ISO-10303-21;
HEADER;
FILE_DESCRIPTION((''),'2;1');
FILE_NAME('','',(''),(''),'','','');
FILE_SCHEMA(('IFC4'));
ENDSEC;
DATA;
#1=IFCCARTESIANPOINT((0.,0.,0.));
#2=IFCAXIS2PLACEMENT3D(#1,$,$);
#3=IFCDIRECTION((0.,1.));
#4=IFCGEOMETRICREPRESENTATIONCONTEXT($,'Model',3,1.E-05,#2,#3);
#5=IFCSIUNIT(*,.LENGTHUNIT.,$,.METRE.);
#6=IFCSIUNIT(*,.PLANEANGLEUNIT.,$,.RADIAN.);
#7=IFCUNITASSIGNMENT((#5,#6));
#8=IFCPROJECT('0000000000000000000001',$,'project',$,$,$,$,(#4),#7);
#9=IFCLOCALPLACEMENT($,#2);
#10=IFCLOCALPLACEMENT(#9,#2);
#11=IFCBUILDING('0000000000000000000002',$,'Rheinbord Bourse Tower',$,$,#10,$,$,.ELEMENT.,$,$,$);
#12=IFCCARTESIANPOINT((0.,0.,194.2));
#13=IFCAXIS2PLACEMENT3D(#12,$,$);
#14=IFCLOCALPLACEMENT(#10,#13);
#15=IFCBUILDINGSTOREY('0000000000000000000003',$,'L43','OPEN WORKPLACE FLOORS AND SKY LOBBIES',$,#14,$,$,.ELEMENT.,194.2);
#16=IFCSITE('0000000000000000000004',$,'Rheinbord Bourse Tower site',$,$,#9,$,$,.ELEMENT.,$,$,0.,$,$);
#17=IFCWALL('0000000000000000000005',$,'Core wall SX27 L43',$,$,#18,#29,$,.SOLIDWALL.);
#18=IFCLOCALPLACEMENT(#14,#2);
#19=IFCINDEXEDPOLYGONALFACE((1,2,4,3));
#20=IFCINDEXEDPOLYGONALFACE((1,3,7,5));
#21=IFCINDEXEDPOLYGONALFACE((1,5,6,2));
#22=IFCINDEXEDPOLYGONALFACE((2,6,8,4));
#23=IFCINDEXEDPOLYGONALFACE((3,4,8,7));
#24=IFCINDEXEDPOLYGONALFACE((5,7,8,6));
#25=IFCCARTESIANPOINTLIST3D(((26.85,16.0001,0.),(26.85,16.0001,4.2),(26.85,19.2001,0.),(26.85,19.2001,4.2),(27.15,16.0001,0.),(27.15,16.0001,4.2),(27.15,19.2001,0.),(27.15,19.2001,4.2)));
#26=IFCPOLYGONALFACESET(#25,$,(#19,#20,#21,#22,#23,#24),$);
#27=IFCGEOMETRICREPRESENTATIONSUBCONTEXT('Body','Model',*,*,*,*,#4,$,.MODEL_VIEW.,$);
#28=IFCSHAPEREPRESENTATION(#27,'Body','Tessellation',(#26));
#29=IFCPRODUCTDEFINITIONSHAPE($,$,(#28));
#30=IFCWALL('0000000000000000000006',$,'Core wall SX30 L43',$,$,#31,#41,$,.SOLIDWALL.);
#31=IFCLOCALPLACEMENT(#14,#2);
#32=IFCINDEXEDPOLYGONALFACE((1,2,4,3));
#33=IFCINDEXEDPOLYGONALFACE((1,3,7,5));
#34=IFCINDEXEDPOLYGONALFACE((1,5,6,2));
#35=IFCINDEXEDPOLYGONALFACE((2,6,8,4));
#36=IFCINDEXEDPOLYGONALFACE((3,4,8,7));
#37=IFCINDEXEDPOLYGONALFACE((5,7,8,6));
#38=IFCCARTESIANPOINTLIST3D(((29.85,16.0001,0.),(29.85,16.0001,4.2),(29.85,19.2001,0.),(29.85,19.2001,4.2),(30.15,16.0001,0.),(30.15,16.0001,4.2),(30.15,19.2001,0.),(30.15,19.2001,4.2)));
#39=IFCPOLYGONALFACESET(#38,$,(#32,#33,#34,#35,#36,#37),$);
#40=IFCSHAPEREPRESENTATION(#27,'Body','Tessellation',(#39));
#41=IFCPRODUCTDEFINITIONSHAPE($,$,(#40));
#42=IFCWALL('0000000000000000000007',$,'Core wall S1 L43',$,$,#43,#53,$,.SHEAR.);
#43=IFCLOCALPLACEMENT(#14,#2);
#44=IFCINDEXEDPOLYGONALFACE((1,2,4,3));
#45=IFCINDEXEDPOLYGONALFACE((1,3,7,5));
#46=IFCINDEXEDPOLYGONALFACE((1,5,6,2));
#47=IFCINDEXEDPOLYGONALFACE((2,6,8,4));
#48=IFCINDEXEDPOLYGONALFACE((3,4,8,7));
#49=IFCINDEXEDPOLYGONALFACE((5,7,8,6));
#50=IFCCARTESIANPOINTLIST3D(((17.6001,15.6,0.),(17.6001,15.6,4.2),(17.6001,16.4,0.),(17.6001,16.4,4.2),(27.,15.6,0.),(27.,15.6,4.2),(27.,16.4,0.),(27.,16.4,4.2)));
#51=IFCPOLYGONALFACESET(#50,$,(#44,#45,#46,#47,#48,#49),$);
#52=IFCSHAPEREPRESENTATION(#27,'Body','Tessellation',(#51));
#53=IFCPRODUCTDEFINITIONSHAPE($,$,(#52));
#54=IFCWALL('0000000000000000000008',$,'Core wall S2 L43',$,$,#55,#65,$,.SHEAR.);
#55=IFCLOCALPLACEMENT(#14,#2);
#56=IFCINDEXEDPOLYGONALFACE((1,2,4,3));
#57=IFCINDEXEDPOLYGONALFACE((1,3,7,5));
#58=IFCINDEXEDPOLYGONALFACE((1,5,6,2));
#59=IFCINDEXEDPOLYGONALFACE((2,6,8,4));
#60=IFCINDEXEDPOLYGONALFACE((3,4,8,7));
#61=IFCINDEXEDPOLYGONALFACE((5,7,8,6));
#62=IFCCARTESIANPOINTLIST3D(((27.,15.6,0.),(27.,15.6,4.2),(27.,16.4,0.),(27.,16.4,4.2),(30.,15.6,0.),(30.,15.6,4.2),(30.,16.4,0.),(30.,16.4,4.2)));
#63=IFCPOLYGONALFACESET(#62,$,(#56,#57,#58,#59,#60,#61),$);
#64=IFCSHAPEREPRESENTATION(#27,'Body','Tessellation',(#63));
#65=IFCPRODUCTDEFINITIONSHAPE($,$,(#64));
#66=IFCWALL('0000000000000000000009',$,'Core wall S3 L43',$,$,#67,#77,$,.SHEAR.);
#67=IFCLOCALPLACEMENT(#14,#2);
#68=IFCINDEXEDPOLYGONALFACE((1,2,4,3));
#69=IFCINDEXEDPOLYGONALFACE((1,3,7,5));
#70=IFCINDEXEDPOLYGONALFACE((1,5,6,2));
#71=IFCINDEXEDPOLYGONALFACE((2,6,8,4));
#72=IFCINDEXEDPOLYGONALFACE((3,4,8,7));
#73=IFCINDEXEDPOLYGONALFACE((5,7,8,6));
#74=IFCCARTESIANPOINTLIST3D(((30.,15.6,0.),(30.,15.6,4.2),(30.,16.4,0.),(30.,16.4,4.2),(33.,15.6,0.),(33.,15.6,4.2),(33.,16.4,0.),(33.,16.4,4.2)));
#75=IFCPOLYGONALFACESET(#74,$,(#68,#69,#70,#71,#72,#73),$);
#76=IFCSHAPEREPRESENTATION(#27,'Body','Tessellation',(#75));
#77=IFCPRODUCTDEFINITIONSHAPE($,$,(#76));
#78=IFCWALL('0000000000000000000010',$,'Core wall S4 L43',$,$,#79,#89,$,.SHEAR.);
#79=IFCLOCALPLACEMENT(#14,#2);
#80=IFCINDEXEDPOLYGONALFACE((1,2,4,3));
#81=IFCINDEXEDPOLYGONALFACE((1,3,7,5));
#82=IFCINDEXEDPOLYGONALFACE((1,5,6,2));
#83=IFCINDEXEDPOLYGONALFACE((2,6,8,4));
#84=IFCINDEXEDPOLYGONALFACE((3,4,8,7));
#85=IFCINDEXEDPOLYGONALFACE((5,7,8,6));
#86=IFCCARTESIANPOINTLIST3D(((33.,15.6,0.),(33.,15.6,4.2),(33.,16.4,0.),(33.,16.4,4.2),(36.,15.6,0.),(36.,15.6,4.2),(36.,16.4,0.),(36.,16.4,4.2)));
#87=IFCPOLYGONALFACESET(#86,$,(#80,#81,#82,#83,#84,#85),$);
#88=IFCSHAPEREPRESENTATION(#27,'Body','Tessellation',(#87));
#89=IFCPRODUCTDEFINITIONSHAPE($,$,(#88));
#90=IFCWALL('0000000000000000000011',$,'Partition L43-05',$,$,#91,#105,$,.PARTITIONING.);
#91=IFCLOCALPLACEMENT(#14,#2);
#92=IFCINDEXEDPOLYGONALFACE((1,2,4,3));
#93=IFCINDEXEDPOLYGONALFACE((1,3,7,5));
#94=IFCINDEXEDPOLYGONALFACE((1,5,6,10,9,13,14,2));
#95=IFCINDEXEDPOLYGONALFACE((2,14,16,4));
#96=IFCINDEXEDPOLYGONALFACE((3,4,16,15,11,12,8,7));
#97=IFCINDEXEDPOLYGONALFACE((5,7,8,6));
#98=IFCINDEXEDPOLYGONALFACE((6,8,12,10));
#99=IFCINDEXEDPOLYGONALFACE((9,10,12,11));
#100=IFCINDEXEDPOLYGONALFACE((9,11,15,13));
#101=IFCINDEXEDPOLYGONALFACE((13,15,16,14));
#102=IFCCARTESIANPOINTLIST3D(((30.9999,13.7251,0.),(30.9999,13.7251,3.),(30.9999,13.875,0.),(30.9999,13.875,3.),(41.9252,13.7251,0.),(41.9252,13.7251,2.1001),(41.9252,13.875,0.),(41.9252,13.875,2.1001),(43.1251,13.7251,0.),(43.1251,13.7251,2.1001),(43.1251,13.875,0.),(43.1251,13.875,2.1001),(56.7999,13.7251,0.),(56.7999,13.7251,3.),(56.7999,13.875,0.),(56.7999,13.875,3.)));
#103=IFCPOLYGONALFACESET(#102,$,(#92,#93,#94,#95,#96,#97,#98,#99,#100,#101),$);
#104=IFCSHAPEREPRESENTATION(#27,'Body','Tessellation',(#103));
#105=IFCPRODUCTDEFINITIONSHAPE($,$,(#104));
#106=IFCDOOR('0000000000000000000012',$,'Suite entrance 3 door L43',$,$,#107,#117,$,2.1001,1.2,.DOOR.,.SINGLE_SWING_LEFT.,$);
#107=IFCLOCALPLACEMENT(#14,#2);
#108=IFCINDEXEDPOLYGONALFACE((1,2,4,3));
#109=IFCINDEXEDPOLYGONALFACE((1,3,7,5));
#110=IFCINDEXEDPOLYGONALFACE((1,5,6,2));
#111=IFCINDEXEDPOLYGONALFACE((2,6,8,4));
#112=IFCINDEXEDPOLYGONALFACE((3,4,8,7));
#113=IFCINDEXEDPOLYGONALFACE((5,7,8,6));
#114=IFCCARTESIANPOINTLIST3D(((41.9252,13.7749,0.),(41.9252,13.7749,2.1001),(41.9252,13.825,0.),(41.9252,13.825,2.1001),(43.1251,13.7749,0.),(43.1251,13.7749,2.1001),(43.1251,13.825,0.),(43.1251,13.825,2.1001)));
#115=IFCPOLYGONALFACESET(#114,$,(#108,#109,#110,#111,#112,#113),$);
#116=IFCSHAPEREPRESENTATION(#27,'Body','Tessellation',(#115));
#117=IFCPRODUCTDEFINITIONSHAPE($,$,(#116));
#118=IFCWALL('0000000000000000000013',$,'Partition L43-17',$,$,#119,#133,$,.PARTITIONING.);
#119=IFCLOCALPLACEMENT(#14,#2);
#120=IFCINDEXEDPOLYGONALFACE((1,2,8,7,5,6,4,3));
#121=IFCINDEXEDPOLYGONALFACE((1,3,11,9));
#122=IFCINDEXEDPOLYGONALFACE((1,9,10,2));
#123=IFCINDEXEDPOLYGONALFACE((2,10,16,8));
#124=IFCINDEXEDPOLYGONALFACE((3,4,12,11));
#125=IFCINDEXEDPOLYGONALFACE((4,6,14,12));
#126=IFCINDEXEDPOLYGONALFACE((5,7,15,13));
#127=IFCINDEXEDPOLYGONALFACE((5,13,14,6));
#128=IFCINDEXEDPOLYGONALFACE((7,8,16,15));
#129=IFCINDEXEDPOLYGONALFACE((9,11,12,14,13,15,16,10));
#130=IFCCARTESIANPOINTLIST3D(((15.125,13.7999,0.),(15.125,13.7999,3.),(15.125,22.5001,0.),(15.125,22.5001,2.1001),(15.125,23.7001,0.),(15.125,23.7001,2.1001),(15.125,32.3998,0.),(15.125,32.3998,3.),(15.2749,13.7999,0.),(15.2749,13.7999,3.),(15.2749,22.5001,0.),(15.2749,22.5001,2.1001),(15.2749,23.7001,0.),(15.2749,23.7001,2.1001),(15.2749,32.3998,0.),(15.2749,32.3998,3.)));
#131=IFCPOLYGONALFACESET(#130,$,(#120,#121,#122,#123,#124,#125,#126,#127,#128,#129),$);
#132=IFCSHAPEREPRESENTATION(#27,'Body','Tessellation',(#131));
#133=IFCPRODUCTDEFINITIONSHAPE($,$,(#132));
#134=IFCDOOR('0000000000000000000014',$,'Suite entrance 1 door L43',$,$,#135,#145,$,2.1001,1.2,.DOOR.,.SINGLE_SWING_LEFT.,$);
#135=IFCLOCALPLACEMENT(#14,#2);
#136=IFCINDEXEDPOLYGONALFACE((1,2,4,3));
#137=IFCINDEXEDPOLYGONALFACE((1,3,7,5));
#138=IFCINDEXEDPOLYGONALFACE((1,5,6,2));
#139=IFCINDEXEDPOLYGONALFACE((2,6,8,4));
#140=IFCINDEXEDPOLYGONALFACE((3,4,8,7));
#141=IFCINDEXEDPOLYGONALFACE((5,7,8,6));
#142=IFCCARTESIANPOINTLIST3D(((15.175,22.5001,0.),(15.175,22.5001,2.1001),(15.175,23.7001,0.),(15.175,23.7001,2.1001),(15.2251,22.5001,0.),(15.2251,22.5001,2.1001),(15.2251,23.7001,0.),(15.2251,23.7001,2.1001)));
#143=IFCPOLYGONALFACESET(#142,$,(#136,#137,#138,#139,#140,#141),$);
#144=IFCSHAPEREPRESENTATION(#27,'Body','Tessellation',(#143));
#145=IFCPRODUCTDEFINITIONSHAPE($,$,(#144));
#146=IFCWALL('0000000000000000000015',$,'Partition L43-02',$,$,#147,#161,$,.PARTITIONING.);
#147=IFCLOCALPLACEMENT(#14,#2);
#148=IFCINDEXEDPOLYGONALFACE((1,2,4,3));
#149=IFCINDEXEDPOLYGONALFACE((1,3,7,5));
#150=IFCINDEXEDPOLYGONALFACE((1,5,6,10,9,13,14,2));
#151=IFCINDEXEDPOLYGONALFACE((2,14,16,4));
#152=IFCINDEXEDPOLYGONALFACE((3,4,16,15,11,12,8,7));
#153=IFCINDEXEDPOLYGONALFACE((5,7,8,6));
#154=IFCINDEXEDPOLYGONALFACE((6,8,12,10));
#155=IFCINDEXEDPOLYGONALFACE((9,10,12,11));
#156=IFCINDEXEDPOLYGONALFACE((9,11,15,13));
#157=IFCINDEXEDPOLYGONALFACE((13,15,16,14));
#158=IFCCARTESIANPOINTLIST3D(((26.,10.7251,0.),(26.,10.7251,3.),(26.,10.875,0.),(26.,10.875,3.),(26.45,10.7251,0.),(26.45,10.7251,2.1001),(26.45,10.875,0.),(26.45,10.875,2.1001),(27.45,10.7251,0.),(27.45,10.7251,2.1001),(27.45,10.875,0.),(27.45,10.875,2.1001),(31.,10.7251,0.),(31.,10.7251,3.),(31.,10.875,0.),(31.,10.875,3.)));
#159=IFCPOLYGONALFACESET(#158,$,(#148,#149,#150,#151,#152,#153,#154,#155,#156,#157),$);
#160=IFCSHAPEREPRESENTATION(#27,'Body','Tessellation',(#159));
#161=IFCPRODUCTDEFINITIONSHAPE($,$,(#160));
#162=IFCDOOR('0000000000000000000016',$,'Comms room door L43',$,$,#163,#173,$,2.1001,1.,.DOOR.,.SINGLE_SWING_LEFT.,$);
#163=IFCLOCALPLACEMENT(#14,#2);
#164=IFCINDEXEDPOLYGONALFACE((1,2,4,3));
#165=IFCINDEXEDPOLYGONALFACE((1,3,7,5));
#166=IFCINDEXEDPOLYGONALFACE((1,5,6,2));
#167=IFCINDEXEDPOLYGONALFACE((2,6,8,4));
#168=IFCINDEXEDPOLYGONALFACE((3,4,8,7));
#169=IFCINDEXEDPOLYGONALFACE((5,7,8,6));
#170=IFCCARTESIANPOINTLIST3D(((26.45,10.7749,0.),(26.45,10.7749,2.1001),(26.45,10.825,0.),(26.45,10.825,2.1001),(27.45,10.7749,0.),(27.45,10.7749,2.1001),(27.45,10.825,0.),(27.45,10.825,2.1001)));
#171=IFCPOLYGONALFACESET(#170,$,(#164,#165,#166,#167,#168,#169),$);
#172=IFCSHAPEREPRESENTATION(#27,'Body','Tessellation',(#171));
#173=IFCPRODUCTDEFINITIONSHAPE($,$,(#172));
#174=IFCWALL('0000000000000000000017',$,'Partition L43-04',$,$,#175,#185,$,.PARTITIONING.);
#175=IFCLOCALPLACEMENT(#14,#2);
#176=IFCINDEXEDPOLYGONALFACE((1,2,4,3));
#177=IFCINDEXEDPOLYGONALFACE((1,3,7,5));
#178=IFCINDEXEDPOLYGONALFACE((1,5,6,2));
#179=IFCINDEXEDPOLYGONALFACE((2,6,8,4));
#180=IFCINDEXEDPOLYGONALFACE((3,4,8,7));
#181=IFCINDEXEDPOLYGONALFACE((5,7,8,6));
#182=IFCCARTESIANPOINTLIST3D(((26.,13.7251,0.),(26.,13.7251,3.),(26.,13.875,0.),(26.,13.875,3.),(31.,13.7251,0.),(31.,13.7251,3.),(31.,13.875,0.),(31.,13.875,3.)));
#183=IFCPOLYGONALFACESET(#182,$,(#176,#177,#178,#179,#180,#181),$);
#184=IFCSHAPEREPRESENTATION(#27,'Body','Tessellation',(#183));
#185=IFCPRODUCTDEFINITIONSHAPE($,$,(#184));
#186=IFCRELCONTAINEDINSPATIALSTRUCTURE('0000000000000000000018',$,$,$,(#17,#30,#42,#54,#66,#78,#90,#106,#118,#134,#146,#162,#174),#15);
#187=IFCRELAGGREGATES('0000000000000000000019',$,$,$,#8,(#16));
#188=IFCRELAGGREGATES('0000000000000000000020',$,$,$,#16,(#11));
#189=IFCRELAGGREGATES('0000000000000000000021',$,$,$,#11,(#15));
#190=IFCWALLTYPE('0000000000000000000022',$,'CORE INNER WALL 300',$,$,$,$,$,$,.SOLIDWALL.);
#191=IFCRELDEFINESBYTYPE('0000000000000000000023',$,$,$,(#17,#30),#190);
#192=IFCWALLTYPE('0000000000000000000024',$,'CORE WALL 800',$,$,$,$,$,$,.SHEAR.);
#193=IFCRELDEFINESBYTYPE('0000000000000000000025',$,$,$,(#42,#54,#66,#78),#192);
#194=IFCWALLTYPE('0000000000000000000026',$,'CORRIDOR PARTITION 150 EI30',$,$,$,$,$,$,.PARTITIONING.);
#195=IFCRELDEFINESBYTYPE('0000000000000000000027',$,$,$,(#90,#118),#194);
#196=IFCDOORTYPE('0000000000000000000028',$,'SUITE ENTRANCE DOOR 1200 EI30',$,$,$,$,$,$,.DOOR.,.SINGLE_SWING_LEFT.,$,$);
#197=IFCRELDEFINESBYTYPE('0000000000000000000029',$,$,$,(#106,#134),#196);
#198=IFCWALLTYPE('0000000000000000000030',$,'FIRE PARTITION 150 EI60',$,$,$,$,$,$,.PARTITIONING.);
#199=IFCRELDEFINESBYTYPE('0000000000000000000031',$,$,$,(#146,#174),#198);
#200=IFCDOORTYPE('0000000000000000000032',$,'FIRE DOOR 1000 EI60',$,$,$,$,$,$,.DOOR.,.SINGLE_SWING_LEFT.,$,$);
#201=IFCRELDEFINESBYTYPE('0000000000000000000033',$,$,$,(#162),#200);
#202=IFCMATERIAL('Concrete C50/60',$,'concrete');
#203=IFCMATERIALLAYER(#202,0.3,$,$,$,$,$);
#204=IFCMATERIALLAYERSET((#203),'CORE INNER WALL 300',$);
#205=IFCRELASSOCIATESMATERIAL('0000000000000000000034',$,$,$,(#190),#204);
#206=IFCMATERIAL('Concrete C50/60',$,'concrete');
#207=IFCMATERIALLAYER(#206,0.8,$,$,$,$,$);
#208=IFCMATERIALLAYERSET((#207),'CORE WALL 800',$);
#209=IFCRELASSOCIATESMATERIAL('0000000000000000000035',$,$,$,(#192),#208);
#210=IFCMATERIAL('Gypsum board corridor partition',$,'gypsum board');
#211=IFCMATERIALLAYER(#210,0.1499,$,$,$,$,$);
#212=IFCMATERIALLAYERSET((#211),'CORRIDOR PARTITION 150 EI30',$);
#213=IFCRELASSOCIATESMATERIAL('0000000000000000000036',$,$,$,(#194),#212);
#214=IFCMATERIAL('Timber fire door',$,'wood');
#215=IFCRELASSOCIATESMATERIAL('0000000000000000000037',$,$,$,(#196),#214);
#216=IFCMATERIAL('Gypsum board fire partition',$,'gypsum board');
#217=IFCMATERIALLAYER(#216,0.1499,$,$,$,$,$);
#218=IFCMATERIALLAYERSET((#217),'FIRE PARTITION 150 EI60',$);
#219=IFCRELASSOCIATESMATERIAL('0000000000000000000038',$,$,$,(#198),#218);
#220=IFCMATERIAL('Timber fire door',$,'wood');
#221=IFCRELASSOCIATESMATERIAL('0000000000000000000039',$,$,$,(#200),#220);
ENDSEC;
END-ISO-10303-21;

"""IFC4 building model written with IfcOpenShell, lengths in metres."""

from ifc_helpers import new_model, si_unit, direction, frame, frame_2d, origin, place, context, subcontext, project, spatial, rectangle, extrude, material, layer, layer_set, type_object, element, fill, save


model = new_model("IFC4")

# Units and contexts
model_context = context("Model", 3, precision=1e-05, world=origin(), true_north=direction((0.0, 1.0)))
body_context = subcontext(model_context, "Body", "Model", "MODEL_VIEW")
ifc_project = project(units=[si_unit("LENGTHUNIT", "METRE"), si_unit("PLANEANGLEUNIT", "RADIAN")], contexts=[model_context])

# Site, building, storey
site_placement = place(None, origin())
site = spatial("IfcSite", under=ifc_project, at=site_placement, Name="Rheinbord Bourse Tower site", CompositionType="ELEMENT", RefElevation=0.0)
building_placement = place(site_placement, origin())
building = spatial("IfcBuilding", under=site, at=building_placement, Name="Rheinbord Bourse Tower", CompositionType="ELEMENT")
storey_placement = place(building_placement, frame((0.0, 0.0, 194.2)))
storey = spatial("IfcBuildingStorey", under=building, at=storey_placement, Name="L43", Description="OPEN WORKPLACE FLOORS AND SKY LOBBIES", CompositionType="ELEMENT", Elevation=194.2)

# Walls
ifc_material_1 = material(Name="Concrete C50/60", Category="concrete")
ifc_layer_1 = layer(ifc_material_1, 0.3)
ifc_layer_set_1 = layer_set([ifc_layer_1], Name="CORE INNER WALL 300")
wall_type_1 = type_object("IfcWallType", Name="CORE INNER WALL 300", PredefinedType="SOLIDWALL", material=ifc_layer_set_1)
for number, where, z_axis, x_axis, name in (
    (1, (27.0, 16.0, 0.0), (0.0, 0.0, 1.0), (0.0, 1.0, 0.0), "Core wall SX27 L43"),
    (2, (30.0, 16.0, 0.0), (0.0, 0.0, 1.0), (0.0, 1.0, 0.0), "Core wall SX30 L43"),
):
    element("IfcWall", number, at=place(storey_placement, frame(where, z_axis=z_axis, x_axis=x_axis)), inside=storey, type_object=wall_type_1, Name=name, PredefinedType="SOLIDWALL", context=body_context, shape_type="SweptSolid", body=[
        extrude(rectangle(XDim=3.2, YDim=0.3, at=frame_2d((1.6001, 0.0))), origin(), (0.0, 0.0, 1.0), 4.2),
    ])
ifc_material_2 = material(Name="Concrete C50/60", Category="concrete")
ifc_layer_2 = layer(ifc_material_2, 0.8)
ifc_layer_set_2 = layer_set([ifc_layer_2], Name="CORE WALL 800")
wall_type_2 = type_object("IfcWallType", Name="CORE WALL 800", PredefinedType="SHEAR", material=ifc_layer_set_2)
wall_1_placement = place(storey_placement, frame((17.6001, 16.0, 0.0), z_axis=(0.0, 0.0, 1.0), x_axis=(1.0, 0.0, 0.0)))
element("IfcWall", 3, at=wall_1_placement, inside=storey, type_object=wall_type_2, Name="Core wall S1 L43", PredefinedType="SHEAR", context=body_context, shape_type="SweptSolid", body=[
    extrude(rectangle(XDim=9.3999, YDim=0.8, at=frame_2d((4.7, 0.0))), origin(), (0.0, 0.0, 1.0), 4.2),
])
for number, where, z_axis, x_axis, name in (
    (4, (27.0, 16.0, 0.0), (0.0, 0.0, 1.0), (1.0, 0.0, 0.0), "Core wall S2 L43"),
    (5, (30.0, 16.0, 0.0), (0.0, 0.0, 1.0), (1.0, 0.0, 0.0), "Core wall S3 L43"),
    (6, (33.0, 16.0, 0.0), (0.0, 0.0, 1.0), (1.0, 0.0, 0.0), "Core wall S4 L43"),
):
    element("IfcWall", number, at=place(storey_placement, frame(where, z_axis=z_axis, x_axis=x_axis)), inside=storey, type_object=wall_type_2, Name=name, PredefinedType="SHEAR", context=body_context, shape_type="SweptSolid", body=[
        extrude(rectangle(XDim=3.0, YDim=0.8, at=frame_2d((1.5, 0.0))), origin(), (0.0, 0.0, 1.0), 4.2),
    ])

# Walls, openings, doors
ifc_material_3 = material(Name="Gypsum board corridor partition", Category="gypsum board")
ifc_layer_3 = layer(ifc_material_3, 0.1499)
ifc_layer_set_3 = layer_set([ifc_layer_3], Name="CORRIDOR PARTITION 150 EI30")
wall_type_3 = type_object("IfcWallType", Name="CORRIDOR PARTITION 150 EI30", PredefinedType="PARTITIONING", material=ifc_layer_set_3)
wall_2_placement = place(storey_placement, frame((31.0, 13.8, 0.0), z_axis=(0.0, 0.0, 1.0), x_axis=(1.0, 0.0, 0.0)))
wall_2 = element("IfcWall", 7, at=wall_2_placement, inside=storey, type_object=wall_type_3, Name="Partition L43-05", PredefinedType="PARTITIONING", context=body_context, shape_type="SweptSolid", body=[
    extrude(rectangle(XDim=25.8, YDim=0.1499, at=frame_2d((12.8999, 0.0))), origin(), (0.0, 0.0, 1.0), 3.0),
])
opening_1_placement = place(wall_2_placement, frame((10.925, 0.0, 0.0)))
opening_1 = element("IfcOpeningElement", 8, at=opening_1_placement, cuts=wall_2, PredefinedType="OPENING", context=body_context, shape_type="SweptSolid", body=[
    extrude(rectangle(XDim=1.2, YDim=2.1001, at=frame_2d((0.6001, 1.05))), frame((0.0, 0.085, 0.0), z_axis=(0.0, -1.0, 0.0), x_axis=(1.0, 0.0, 0.0)), (0.0, 0.0, 1.0), 0.1699),
])
ifc_material_4 = material(Name="Timber fire door", Category="wood")
door_type_1 = type_object("IfcDoorType", Name="SUITE ENTRANCE DOOR 1200 EI30", OperationType="SINGLE_SWING_LEFT", PredefinedType="DOOR", material=ifc_material_4)
door_1_placement = place(opening_1_placement, origin())
door_1 = element("IfcDoor", 9, at=door_1_placement, inside=storey, type_object=door_type_1, Name="Suite entrance 3 door L43", OperationType="SINGLE_SWING_LEFT", OverallHeight=2.1001, OverallWidth=1.2, PredefinedType="DOOR", context=body_context, shape_type="SweptSolid", body=[
    extrude(rectangle(XDim=1.2, YDim=2.1001, at=frame_2d((0.6001, 1.05))), frame((0.0, 0.0249, 0.0), z_axis=(0.0, -1.0, 0.0), x_axis=(1.0, 0.0, 0.0)), (0.0, 0.0, 1.0), 0.05),
])
fill(opening_1, door_1)
wall_3_placement = place(storey_placement, frame((15.2, 13.8, 0.0), z_axis=(0.0, 0.0, 1.0), x_axis=(0.0, 1.0, 0.0)))
wall_3 = element("IfcWall", 10, at=wall_3_placement, inside=storey, type_object=wall_type_3, Name="Partition L43-17", PredefinedType="PARTITIONING", context=body_context, shape_type="SweptSolid", body=[
    extrude(rectangle(XDim=18.5999, YDim=0.1499, at=frame_2d((9.2998, 0.0))), origin(), (0.0, 0.0, 1.0), 3.0),
])
opening_2_placement = place(wall_3_placement, frame((8.7, 0.0, 0.0)))
opening_2 = element("IfcOpeningElement", 11, at=opening_2_placement, cuts=wall_3, PredefinedType="OPENING", context=body_context, shape_type="SweptSolid", body=[
    extrude(rectangle(XDim=1.2, YDim=2.1001, at=frame_2d((0.6001, 1.05))), frame((0.0, 0.085, 0.0), z_axis=(0.0, -1.0, 0.0), x_axis=(1.0, 0.0, 0.0)), (0.0, 0.0, 1.0), 0.1699),
])
door_2_placement = place(opening_2_placement, origin())
door_2 = element("IfcDoor", 12, at=door_2_placement, inside=storey, type_object=door_type_1, Name="Suite entrance 1 door L43", OperationType="SINGLE_SWING_LEFT", OverallHeight=2.1001, OverallWidth=1.2, PredefinedType="DOOR", context=body_context, shape_type="SweptSolid", body=[
    extrude(rectangle(XDim=1.2, YDim=2.1001, at=frame_2d((0.6001, 1.05))), frame((0.0, 0.0249, 0.0), z_axis=(0.0, -1.0, 0.0), x_axis=(1.0, 0.0, 0.0)), (0.0, 0.0, 1.0), 0.05),
])
fill(opening_2, door_2)
ifc_material_5 = material(Name="Gypsum board fire partition", Category="gypsum board")
ifc_layer_4 = layer(ifc_material_5, 0.1499)
ifc_layer_set_4 = layer_set([ifc_layer_4], Name="FIRE PARTITION 150 EI60")
wall_type_4 = type_object("IfcWallType", Name="FIRE PARTITION 150 EI60", PredefinedType="PARTITIONING", material=ifc_layer_set_4)
wall_4_placement = place(storey_placement, frame((26.0, 10.8, 0.0), z_axis=(0.0, 0.0, 1.0), x_axis=(1.0, 0.0, 0.0)))
wall_4 = element("IfcWall", 13, at=wall_4_placement, inside=storey, type_object=wall_type_4, Name="Partition L43-02", PredefinedType="PARTITIONING", context=body_context, shape_type="SweptSolid", body=[
    extrude(rectangle(XDim=5.0, YDim=0.1499, at=frame_2d((2.5, 0.0))), origin(), (0.0, 0.0, 1.0), 3.0),
])
opening_3_placement = place(wall_4_placement, frame((0.45, 0.0, 0.0)))
opening_3 = element("IfcOpeningElement", 14, at=opening_3_placement, cuts=wall_4, PredefinedType="OPENING", context=body_context, shape_type="SweptSolid", body=[
    extrude(rectangle(XDim=1.0, YDim=2.1001, at=frame_2d((0.5, 1.05))), frame((0.0, 0.085, 0.0), z_axis=(0.0, -1.0, 0.0), x_axis=(1.0, 0.0, 0.0)), (0.0, 0.0, 1.0), 0.1699),
])
ifc_material_6 = material(Name="Timber fire door", Category="wood")
door_type_2 = type_object("IfcDoorType", Name="FIRE DOOR 1000 EI60", OperationType="SINGLE_SWING_LEFT", PredefinedType="DOOR", material=ifc_material_6)
door_3_placement = place(opening_3_placement, origin())
door_3 = element("IfcDoor", 15, at=door_3_placement, inside=storey, type_object=door_type_2, Name="Comms room door L43", OperationType="SINGLE_SWING_LEFT", OverallHeight=2.1001, OverallWidth=1.0, PredefinedType="DOOR", context=body_context, shape_type="SweptSolid", body=[
    extrude(rectangle(XDim=1.0, YDim=2.1001, at=frame_2d((0.5, 1.05))), frame((0.0, 0.0249, 0.0), z_axis=(0.0, -1.0, 0.0), x_axis=(1.0, 0.0, 0.0)), (0.0, 0.0, 1.0), 0.05),
])
fill(opening_3, door_3)

# Wall
wall_5_placement = place(storey_placement, frame((26.0, 13.8, 0.0), z_axis=(0.0, 0.0, 1.0), x_axis=(1.0, 0.0, 0.0)))
element("IfcWall", 16, at=wall_5_placement, inside=storey, type_object=wall_type_4, Name="Partition L43-04", PredefinedType="PARTITIONING", context=body_context, shape_type="SweptSolid", body=[
    extrude(rectangle(XDim=5.0, YDim=0.1499, at=frame_2d((2.5, 0.0))), origin(), (0.0, 0.0, 1.0), 3.0),
])

save(model, "model.ifc")
